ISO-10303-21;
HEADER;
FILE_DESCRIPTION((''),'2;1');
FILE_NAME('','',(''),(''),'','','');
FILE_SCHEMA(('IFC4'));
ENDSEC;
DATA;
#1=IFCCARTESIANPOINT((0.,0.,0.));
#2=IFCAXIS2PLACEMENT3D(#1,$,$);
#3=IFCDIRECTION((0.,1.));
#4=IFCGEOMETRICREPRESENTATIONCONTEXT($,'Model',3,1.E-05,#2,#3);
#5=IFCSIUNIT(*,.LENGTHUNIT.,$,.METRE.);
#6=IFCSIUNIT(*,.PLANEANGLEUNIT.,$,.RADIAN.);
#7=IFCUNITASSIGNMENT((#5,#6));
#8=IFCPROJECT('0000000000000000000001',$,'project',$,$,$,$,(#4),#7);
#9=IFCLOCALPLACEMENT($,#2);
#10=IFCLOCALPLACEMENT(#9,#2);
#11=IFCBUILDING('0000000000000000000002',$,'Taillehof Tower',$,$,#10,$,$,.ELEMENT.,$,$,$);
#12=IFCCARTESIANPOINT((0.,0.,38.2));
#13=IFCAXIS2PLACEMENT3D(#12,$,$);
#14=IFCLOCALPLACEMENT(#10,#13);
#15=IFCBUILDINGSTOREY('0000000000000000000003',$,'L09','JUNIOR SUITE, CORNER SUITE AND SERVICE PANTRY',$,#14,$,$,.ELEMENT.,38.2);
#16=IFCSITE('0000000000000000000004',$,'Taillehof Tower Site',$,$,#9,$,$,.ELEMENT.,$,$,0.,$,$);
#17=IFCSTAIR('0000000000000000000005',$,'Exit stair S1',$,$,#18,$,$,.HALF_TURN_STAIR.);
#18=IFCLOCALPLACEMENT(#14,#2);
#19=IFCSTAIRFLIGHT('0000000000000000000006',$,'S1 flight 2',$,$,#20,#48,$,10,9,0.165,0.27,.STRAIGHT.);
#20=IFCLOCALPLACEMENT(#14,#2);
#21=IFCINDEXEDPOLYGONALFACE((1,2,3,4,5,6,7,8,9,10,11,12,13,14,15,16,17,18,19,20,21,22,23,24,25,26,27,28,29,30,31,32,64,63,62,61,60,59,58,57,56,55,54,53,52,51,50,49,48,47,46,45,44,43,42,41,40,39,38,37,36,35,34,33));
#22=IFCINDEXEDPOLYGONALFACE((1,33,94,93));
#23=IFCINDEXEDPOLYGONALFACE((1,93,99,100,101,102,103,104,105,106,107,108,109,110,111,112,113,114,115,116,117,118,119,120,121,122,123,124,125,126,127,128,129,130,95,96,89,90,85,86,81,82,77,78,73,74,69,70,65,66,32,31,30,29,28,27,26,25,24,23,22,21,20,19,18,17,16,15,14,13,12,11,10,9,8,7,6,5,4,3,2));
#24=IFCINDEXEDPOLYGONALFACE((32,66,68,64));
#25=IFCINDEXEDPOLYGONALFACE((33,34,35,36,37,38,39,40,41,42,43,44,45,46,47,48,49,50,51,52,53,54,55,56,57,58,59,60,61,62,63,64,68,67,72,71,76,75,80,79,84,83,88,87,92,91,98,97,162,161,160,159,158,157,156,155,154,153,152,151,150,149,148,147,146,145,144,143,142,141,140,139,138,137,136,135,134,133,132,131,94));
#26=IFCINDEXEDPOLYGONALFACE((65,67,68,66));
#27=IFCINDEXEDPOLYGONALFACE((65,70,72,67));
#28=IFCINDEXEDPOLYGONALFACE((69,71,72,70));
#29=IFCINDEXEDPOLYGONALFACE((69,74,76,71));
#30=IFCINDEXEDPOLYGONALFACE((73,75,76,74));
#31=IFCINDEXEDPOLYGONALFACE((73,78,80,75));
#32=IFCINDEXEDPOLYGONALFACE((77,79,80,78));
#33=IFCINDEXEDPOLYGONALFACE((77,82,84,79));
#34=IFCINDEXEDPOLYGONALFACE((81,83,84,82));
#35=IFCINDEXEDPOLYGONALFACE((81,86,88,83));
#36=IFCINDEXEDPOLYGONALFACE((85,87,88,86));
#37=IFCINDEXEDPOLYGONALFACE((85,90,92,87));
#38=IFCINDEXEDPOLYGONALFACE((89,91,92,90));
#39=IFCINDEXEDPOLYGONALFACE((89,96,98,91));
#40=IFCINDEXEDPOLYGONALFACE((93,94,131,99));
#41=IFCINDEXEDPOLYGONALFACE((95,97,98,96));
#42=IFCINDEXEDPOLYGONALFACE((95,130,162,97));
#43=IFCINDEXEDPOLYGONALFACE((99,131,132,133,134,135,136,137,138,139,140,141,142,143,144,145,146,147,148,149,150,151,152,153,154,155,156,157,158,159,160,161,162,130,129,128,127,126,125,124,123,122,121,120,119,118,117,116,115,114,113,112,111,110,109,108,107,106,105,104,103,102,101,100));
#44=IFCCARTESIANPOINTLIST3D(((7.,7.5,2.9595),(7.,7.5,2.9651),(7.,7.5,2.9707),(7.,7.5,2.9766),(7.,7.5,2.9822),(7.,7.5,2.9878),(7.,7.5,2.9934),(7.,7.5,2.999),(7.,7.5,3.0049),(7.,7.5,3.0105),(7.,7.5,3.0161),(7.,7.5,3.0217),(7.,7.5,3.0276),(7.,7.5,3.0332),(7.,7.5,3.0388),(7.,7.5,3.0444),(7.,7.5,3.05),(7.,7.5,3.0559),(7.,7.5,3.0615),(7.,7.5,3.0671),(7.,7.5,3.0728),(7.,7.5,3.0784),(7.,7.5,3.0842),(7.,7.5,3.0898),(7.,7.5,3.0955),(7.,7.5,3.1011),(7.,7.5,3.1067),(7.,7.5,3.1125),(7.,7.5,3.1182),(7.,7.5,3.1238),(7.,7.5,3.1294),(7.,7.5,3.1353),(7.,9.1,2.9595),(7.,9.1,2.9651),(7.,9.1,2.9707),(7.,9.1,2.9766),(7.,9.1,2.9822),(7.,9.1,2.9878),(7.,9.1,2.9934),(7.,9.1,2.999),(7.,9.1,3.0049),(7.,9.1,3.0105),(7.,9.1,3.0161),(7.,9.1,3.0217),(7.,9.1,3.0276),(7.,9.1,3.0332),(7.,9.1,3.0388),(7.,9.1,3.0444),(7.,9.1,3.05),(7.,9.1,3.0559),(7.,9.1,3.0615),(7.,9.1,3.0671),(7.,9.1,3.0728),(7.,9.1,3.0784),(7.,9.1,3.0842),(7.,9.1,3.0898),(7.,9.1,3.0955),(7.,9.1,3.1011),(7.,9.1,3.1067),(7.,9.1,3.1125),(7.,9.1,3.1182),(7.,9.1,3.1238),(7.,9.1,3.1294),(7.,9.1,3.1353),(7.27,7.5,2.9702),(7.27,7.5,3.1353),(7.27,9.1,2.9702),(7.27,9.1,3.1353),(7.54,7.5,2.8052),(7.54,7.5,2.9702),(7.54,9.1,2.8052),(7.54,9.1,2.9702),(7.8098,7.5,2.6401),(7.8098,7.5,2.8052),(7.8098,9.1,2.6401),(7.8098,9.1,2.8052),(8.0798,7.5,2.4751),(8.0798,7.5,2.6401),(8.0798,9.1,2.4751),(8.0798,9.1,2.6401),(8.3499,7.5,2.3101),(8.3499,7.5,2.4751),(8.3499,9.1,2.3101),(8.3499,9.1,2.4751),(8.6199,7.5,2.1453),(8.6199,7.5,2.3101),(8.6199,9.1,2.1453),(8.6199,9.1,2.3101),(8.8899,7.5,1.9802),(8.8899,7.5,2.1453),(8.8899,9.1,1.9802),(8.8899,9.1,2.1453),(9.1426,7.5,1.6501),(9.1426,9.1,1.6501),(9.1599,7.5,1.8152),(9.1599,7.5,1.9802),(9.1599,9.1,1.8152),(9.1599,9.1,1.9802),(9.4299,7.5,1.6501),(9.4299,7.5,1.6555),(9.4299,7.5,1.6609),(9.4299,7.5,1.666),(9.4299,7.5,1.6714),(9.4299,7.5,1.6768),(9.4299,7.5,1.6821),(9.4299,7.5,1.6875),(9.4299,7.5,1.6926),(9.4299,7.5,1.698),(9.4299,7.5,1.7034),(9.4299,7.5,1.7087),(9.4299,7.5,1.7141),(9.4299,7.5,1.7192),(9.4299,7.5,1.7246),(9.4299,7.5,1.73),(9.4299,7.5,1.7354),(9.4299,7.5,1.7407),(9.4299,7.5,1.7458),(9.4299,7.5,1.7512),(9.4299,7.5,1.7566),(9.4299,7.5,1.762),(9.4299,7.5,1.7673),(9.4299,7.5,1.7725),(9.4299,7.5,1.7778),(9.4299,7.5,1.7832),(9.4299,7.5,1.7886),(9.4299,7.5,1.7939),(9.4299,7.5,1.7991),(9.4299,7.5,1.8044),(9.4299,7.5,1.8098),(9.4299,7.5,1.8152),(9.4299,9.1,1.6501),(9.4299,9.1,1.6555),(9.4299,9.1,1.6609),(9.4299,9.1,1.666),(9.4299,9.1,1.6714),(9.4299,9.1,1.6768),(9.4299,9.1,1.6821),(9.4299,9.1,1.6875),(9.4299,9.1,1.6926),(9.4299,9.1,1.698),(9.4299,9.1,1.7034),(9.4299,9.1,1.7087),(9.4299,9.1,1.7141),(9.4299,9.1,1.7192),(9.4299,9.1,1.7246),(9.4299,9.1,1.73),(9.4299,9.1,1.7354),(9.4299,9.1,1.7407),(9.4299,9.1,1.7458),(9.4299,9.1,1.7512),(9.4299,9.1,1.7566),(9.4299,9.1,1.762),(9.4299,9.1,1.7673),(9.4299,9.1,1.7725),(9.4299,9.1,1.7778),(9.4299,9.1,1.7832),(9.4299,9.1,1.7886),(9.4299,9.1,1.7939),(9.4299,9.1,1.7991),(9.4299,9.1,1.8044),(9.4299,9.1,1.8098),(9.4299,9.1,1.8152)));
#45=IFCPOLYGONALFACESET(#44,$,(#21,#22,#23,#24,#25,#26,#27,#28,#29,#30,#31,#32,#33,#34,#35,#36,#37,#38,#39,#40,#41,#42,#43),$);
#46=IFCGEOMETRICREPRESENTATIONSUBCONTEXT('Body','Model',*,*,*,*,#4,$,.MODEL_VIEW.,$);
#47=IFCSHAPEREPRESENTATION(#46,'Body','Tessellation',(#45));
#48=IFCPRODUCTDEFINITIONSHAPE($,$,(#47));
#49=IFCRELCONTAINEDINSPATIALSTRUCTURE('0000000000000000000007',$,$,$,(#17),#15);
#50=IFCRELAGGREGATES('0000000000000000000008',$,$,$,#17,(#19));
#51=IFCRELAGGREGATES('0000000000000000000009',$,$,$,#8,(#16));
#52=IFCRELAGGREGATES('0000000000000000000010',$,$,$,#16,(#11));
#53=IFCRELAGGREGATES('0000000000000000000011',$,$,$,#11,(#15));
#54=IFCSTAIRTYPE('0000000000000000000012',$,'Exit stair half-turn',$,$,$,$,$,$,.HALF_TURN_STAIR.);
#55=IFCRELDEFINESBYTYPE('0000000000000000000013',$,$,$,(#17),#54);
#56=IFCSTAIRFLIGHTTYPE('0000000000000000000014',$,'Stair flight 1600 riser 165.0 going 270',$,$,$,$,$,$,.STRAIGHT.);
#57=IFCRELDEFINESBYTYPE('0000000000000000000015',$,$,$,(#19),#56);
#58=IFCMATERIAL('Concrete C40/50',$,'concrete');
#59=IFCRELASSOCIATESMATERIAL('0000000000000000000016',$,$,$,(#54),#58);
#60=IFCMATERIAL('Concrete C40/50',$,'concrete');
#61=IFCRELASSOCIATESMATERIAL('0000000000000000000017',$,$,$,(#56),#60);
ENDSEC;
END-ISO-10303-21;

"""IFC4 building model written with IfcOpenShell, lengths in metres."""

from ifc_helpers import new_model, si_unit, direction, frame, origin, place, context, subcontext, project, spatial, polyline, outline, extrude, material, type_object, element, aggregate, save


model = new_model("IFC4")

# Units and contexts
model_context = context("Model", 3, precision=1e-05, world=origin(), true_north=direction((0.0, 1.0)))
body_context = subcontext(model_context, "Body", "Model", "MODEL_VIEW")
ifc_project = project(units=[si_unit("LENGTHUNIT", "METRE"), si_unit("PLANEANGLEUNIT", "RADIAN")], contexts=[model_context])

# Site, building, storey
site_placement = place(None, origin())
site = spatial("IfcSite", under=ifc_project, at=site_placement, Name="Taillehof Tower Site", CompositionType="ELEMENT", RefElevation=0.0)
building_placement = place(site_placement, origin())
building = spatial("IfcBuilding", under=site, at=building_placement, Name="Taillehof Tower", CompositionType="ELEMENT")
storey_placement = place(building_placement, frame((0.0, 0.0, 38.2)))
storey = spatial("IfcBuildingStorey", under=building, at=storey_placement, Name="L09", Description="JUNIOR SUITE, CORNER SUITE AND SERVICE PANTRY", CompositionType="ELEMENT", Elevation=38.2)

# Stair, stair flight
ifc_material_1 = material(Name="Concrete C40/50", Category="concrete")
stair_type = type_object("IfcStairType", Name="Exit stair half-turn", PredefinedType="HALF_TURN_STAIR", material=ifc_material_1)
stair_placement = place(storey_placement, origin())
stair = element("IfcStair", 1, at=stair_placement, inside=storey, type_object=stair_type, Name="Exit stair S1", PredefinedType="HALF_TURN_STAIR")
ifc_material_2 = material(Name="Concrete C40/50", Category="concrete")
stair_flight_type = type_object("IfcStairFlightType", Name="Stair flight 1600 riser 165.0 going 270", PredefinedType="STRAIGHT", material=ifc_material_2)
stair_flight_placement = place(storey_placement, frame((9.4299, 8.3, 1.6501), z_axis=(0.0, 0.0, 1.0), x_axis=(-1.0, 0.0, 0.0)))
stair_flight = element("IfcStairFlight", 2, at=stair_flight_placement, type_object=stair_flight_type, Name="S1 flight 2", NumberOfRisers=10, NumberOfTreads=9, PredefinedType="STRAIGHT", RiserHeight=0.165, TreadLength=0.27, context=body_context, shape_type="SweptSolid", body=[
    extrude(outline(polyline([(0.0, 0.0), (0.0, 0.0054), (0.0, 0.0107), (0.0, 0.0159), (0.0, 0.0212), (0.0, 0.0266), (0.0, 0.032), (0.0, 0.0374), (0.0, 0.0425), (0.0, 0.0479), (0.0, 0.0532), (0.0, 0.0586), (0.0, 0.064), (0.0, 0.0691), (0.0, 0.0745), (0.0, 0.0798), (0.0, 0.0852), (0.0, 0.0906), (0.0, 0.0957), (0.0, 0.1011), (0.0, 0.1064), (0.0, 0.1118), (0.0, 0.1172), (0.0, 0.1223), (0.0, 0.1277), (0.0, 0.1331), (0.0, 0.1384), (0.0, 0.1438), (0.0, 0.1489), (0.0, 0.1543), (0.0, 0.1597), (0.0, 0.165), (0.27, 0.165), (0.27, 0.3301), (0.54, 0.3301), (0.54, 0.4951), (0.8101, 0.4951), (0.8101, 0.6599), (1.0801, 0.6599), (1.0801, 0.825), (1.3501, 0.825), (1.3501, 0.99), (1.6201, 0.99), (1.6201, 1.155), (1.8899, 1.155), (1.8899, 1.3201), (2.1599, 1.3201), (2.1599, 1.4851), (2.4299, 1.4851), (2.4299, 1.4792), (2.4299, 1.4736), (2.4299, 1.468), (2.4299, 1.4624), (2.4299, 1.4565), (2.4299, 1.4509), (2.4299, 1.4453), (2.4299, 1.4397), (2.4299, 1.4341), (2.4299, 1.4282), (2.4299, 1.4226), (2.4299, 1.417), (2.4299, 1.4114), (2.4299, 1.4058), (2.4299, 1.3999), (2.4299, 1.3943), (2.4299, 1.3887), (2.4299, 1.3831), (2.4299, 1.3774), (2.4299, 1.3716), (2.4299, 1.366), (2.4299, 1.3604), (2.4299, 1.3547), (2.4299, 1.3489), (2.4299, 1.3433), (2.4299, 1.3376), (2.4299, 1.332), (2.4299, 1.3264), (2.4299, 1.3206), (2.4299, 1.3149), (2.4299, 1.3093), (0.2874, 0.0), (0.0, 0.0)])), frame((0.0, 0.8, 0.0), z_axis=(0.0, -1.0, 0.0), x_axis=(1.0, 0.0, 0.0)), (0.0, 0.0, 1.0), 1.6),
])
aggregate(stair, [stair_flight])

save(model, "model.ifc")
